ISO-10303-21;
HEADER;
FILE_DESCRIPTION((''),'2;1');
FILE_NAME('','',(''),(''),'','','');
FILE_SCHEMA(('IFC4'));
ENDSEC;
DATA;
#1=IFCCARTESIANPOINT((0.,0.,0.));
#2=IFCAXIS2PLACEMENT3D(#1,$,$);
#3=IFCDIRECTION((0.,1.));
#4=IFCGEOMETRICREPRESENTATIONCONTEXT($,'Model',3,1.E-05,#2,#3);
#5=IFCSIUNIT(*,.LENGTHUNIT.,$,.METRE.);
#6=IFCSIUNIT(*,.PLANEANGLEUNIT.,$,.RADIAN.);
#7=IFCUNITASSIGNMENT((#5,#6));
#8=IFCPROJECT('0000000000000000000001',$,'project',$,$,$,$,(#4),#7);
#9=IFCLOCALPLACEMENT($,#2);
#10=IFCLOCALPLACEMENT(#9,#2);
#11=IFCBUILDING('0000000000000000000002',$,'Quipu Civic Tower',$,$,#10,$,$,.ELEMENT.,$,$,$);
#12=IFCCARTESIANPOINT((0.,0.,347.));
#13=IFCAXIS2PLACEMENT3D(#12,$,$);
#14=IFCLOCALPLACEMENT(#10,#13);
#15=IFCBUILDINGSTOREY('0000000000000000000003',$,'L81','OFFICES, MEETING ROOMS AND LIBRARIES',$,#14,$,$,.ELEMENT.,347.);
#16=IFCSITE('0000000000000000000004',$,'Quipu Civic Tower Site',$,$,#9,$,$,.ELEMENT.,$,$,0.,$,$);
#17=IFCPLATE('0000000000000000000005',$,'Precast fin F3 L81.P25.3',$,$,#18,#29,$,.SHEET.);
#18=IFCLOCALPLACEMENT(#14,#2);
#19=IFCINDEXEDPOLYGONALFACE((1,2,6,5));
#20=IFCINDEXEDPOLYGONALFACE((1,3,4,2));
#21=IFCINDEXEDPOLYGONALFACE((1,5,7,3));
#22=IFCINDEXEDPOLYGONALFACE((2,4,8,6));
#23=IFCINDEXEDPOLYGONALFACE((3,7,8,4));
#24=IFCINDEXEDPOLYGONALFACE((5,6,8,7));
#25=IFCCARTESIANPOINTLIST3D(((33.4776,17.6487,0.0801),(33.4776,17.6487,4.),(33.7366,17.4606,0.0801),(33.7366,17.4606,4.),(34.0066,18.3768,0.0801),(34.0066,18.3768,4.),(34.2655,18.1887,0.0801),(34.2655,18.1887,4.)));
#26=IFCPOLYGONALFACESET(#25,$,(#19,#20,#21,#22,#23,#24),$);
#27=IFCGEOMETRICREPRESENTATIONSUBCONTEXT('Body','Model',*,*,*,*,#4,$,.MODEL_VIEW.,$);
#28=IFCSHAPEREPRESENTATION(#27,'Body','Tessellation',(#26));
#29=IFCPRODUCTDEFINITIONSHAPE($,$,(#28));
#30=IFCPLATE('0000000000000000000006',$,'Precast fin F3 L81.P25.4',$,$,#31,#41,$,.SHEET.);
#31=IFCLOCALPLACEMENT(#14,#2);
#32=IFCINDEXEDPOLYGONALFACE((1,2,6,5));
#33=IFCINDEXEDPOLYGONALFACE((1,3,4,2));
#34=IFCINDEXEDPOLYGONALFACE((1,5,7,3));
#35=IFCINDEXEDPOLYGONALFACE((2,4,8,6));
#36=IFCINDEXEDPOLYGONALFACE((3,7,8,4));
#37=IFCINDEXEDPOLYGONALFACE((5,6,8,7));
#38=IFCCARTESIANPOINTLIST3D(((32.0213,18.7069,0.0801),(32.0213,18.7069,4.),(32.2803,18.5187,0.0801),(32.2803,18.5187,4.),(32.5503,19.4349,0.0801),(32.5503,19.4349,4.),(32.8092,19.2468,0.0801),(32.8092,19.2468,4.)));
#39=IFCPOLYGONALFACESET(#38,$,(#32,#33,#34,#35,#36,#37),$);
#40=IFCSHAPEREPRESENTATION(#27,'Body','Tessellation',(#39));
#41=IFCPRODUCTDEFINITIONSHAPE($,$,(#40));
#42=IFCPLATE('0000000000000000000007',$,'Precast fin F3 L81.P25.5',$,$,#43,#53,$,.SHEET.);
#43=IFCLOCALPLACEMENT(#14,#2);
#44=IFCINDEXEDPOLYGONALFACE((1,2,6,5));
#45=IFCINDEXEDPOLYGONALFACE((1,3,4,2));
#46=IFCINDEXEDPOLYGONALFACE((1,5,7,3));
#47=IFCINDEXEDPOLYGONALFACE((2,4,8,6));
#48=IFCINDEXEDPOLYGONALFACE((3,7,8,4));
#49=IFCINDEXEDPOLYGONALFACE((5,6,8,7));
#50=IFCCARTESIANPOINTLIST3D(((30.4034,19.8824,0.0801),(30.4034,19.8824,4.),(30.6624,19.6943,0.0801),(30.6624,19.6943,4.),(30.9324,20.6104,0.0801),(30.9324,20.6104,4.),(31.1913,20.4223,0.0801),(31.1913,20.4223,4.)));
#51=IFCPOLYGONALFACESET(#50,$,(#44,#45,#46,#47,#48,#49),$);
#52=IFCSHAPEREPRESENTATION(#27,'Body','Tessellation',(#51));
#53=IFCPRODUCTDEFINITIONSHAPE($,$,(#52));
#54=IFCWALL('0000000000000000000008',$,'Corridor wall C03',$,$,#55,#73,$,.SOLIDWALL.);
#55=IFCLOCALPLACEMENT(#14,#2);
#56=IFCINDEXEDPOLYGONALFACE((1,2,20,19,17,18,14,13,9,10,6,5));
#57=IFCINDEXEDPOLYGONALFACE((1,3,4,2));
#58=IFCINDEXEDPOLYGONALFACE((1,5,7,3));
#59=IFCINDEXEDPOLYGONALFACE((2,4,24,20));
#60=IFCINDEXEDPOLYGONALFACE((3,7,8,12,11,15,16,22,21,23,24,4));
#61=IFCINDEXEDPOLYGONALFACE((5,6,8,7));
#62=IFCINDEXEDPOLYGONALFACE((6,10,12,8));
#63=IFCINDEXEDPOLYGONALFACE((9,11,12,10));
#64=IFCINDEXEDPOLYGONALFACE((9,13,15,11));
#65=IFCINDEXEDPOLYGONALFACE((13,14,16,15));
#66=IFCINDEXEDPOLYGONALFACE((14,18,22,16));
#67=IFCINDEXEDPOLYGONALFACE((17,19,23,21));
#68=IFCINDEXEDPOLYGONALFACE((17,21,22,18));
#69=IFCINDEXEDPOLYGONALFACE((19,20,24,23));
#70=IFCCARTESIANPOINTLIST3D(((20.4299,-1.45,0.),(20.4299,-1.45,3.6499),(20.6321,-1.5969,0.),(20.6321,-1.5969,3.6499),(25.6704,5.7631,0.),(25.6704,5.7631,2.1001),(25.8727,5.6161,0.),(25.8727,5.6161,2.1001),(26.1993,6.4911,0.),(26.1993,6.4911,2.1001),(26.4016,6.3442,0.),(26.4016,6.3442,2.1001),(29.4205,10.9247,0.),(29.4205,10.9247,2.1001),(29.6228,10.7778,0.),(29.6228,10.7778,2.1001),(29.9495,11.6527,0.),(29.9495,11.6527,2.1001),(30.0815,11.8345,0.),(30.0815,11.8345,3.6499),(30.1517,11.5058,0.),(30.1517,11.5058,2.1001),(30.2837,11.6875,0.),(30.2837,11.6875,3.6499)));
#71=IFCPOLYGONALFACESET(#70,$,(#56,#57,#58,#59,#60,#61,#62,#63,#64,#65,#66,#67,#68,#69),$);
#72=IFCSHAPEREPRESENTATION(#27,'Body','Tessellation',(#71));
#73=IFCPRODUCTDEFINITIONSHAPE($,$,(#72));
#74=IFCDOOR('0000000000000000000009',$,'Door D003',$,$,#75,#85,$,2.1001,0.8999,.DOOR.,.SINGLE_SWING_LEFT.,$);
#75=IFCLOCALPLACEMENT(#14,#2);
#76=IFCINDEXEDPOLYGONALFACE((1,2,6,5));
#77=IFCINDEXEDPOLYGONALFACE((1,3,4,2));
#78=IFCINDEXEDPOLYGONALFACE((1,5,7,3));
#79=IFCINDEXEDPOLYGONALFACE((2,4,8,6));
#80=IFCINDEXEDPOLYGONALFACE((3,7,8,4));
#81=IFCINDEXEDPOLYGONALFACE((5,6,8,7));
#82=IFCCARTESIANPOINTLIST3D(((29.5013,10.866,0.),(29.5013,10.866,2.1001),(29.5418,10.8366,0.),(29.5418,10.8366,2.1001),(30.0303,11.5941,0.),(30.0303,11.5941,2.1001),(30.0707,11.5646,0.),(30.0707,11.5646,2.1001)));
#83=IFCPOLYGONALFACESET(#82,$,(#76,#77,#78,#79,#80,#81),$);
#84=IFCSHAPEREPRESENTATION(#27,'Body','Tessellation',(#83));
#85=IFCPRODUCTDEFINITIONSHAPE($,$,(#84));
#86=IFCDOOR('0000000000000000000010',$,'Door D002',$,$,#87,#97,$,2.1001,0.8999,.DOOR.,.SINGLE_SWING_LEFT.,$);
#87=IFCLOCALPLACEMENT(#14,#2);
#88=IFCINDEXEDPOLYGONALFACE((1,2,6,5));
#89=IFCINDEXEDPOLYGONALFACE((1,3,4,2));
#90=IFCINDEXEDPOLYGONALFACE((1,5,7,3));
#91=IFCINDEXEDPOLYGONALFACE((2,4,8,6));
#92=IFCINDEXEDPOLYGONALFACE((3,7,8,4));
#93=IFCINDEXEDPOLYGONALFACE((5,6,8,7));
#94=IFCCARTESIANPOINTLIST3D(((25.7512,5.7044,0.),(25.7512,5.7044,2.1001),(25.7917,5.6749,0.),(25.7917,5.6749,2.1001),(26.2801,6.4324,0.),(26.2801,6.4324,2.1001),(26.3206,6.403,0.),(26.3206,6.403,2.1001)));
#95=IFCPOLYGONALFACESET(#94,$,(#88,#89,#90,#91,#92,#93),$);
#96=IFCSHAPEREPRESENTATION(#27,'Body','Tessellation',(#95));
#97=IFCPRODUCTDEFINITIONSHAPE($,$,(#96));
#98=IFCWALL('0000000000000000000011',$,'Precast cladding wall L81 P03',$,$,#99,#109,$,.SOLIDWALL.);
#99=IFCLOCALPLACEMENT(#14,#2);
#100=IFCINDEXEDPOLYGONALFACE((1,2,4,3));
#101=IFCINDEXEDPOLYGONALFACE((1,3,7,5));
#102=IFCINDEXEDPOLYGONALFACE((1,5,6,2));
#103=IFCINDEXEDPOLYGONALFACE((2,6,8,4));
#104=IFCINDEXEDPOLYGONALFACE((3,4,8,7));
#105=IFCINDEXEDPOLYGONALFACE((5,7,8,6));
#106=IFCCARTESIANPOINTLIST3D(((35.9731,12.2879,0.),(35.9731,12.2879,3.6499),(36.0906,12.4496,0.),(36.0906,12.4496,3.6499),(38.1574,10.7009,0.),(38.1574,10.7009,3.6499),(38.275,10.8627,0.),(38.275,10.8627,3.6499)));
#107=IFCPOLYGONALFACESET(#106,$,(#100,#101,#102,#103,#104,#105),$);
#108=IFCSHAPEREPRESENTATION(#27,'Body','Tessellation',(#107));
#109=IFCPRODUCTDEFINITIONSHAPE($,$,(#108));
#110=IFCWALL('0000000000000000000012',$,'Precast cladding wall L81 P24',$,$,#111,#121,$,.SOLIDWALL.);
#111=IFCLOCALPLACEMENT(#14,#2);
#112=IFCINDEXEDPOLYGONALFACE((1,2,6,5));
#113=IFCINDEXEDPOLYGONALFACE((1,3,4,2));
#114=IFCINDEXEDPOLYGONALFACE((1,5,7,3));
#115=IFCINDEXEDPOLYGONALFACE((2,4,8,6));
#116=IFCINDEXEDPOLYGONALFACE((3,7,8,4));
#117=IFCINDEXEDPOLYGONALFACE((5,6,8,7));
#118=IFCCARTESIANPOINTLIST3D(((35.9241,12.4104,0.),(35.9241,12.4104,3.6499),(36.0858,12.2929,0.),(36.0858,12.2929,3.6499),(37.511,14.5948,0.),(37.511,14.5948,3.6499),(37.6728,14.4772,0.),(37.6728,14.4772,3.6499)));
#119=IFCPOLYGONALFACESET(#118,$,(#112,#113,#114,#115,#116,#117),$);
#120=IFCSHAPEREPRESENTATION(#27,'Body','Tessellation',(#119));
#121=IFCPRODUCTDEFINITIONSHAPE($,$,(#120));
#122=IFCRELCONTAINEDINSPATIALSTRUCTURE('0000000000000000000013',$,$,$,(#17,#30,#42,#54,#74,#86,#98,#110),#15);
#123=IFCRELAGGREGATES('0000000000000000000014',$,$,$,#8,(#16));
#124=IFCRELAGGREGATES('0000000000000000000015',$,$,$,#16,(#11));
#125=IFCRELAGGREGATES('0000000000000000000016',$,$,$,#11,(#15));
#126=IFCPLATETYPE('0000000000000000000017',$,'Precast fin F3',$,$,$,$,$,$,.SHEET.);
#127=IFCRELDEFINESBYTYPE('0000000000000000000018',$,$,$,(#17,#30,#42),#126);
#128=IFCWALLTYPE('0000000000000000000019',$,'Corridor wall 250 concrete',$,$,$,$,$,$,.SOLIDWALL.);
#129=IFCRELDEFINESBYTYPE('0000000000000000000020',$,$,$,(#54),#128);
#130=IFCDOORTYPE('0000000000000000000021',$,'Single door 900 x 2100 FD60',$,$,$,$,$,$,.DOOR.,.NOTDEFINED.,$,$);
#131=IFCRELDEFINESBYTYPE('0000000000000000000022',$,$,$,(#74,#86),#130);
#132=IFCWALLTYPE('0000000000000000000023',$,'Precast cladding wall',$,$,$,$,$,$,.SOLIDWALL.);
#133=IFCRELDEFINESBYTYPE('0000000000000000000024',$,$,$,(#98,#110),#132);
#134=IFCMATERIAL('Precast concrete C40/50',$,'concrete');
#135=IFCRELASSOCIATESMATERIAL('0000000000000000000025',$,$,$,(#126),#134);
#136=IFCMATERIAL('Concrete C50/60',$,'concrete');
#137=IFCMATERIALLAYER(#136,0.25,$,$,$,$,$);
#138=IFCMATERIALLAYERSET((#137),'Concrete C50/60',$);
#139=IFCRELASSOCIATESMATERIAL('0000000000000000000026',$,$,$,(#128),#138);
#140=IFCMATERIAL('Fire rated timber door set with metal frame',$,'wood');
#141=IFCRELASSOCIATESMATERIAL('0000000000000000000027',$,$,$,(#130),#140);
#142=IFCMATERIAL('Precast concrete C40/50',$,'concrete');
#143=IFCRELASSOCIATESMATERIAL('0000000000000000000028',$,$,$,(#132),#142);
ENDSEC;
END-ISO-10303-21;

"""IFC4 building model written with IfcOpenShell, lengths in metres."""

from ifc_helpers import new_model, si_unit, direction, frame, frame_2d, origin, origin_2d, place, context, subcontext, project, spatial, rectangle, extrude, material, layer, layer_set, type_object, element, fill, save


model = new_model("IFC4")

# Units and contexts
model_context = context("Model", 3, precision=1e-05, world=origin(), true_north=direction((0.0, 1.0)))
body_context = subcontext(model_context, "Body", "Model", "MODEL_VIEW")
ifc_project = project(units=[si_unit("LENGTHUNIT", "METRE"), si_unit("PLANEANGLEUNIT", "RADIAN")], contexts=[model_context])

# Site, building, storey
site_placement = place(None, origin())
site = spatial("IfcSite", under=ifc_project, at=site_placement, Name="Quipu Civic Tower Site", CompositionType="ELEMENT", RefElevation=0.0)
building_placement = place(site_placement, origin())
building = spatial("IfcBuilding", under=site, at=building_placement, Name="Quipu Civic Tower", CompositionType="ELEMENT")
storey_placement = place(building_placement, frame((0.0, 0.0, 347.0)))
storey = spatial("IfcBuildingStorey", under=building, at=storey_placement, Name="L81", Description="OFFICES, MEETING ROOMS AND LIBRARIES", CompositionType="ELEMENT", Elevation=347.0)

# Plates
ifc_material_1 = material(Name="Precast concrete C40/50", Category="concrete")
plate_type_1 = type_object("IfcPlateType", Name="Precast fin F3", PredefinedType="SHEET", material=ifc_material_1)
for number, where, z_axis, x_axis, name in (
    (1, (33.8716, 17.9187, 0.0801), (0.0, 0.0, 1.0), (-0.809017, 0.587785, 0.0), "Precast fin F3 L81.P25.3"),
    (2, (32.4153, 18.9768, 0.0801), (0.0, 0.0, 1.0), (-0.809017, 0.587785, 0.0), "Precast fin F3 L81.P25.4"),
    (3, (30.7974, 20.1523, 0.0801), (0.0, 0.0, 1.0), (-0.809017, 0.587785, 0.0), "Precast fin F3 L81.P25.5"),
):
    element("IfcPlate", number, at=place(storey_placement, frame(where, z_axis=z_axis, x_axis=x_axis)), inside=storey, type_object=plate_type_1, Name=name, PredefinedType="SHEET", context=body_context, shape_type="SweptSolid", body=[
        extrude(rectangle(XDim=0.3201, YDim=0.8999, at=origin_2d()), origin(), (0.0, 0.0, 1.0), 3.9199),
    ])

# Wall, openings, doors
ifc_material_2 = material(Name="Concrete C50/60", Category="concrete")
ifc_layer_1 = layer(ifc_material_2, 0.25)
ifc_layer_set_1 = layer_set([ifc_layer_1], Name="Concrete C50/60")
wall_type_1 = type_object("IfcWallType", Name="Corridor wall 250 concrete", PredefinedType="SOLIDWALL", material=ifc_layer_set_1)
wall_placement = place(storey_placement, frame((30.1826, 11.761, 0.0), z_axis=(0.0, 0.0, 1.0), x_axis=(-0.587782, -0.80902, 0.0)))
wall = element("IfcWall", 4, at=wall_placement, inside=storey, type_object=wall_type_1, Name="Corridor wall C03", PredefinedType="SOLIDWALL", context=body_context, shape_type="SweptSolid", body=[
    extrude(rectangle(XDim=16.4204, YDim=0.25, at=frame_2d((8.2102, 0.0))), origin(), (0.0, 0.0, 1.0), 3.6499),
])
opening_1_placement = place(wall_placement, frame((0.2246, 0.0, 0.0)))
opening_1 = element("IfcOpeningElement", 5, at=opening_1_placement, cuts=wall, PredefinedType="OPENING", context=body_context, shape_type="SweptSolid", body=[
    extrude(rectangle(XDim=0.8999, YDim=2.1001, at=frame_2d((0.45, 1.05))), frame((0.0, 0.135, 0.0), z_axis=(0.0, -1.0, 0.0), x_axis=(1.0, 0.0, 0.0)), (0.0, 0.0, 1.0), 0.27),
])
opening_2_placement = place(wall_placement, frame((6.6047, 0.0, 0.0)))
opening_2 = element("IfcOpeningElement", 6, at=opening_2_placement, cuts=wall, PredefinedType="OPENING", context=body_context, shape_type="SweptSolid", body=[
    extrude(rectangle(XDim=0.8999, YDim=2.1001, at=frame_2d((0.45, 1.05))), frame((0.0, 0.135, 0.0), z_axis=(0.0, -1.0, 0.0), x_axis=(1.0, 0.0, 0.0)), (0.0, 0.0, 1.0), 0.27),
])
ifc_material_3 = material(Name="Fire rated timber door set with metal frame", Category="wood")
door_type = type_object("IfcDoorType", Name="Single door 900 x 2100 FD60", OperationType="NOTDEFINED", PredefinedType="DOOR", material=ifc_material_3)
door_1_placement = place(opening_1_placement, origin())
door_1 = element("IfcDoor", 7, at=door_1_placement, inside=storey, type_object=door_type, Name="Door D003", OperationType="SINGLE_SWING_LEFT", OverallHeight=2.1001, OverallWidth=0.8999, PredefinedType="DOOR", context=body_context, shape_type="SweptSolid", body=[
    extrude(rectangle(XDim=0.8999, YDim=2.1001, at=frame_2d((0.45, 1.05))), frame((0.0, 0.0249, 0.0), z_axis=(0.0, -1.0, 0.0), x_axis=(1.0, 0.0, 0.0)), (0.0, 0.0, 1.0), 0.05),
])
fill(opening_1, door_1)
door_2_placement = place(opening_2_placement, origin())
door_2 = element("IfcDoor", 8, at=door_2_placement, inside=storey, type_object=door_type, Name="Door D002", OperationType="SINGLE_SWING_LEFT", OverallHeight=2.1001, OverallWidth=0.8999, PredefinedType="DOOR", context=body_context, shape_type="SweptSolid", body=[
    extrude(rectangle(XDim=0.8999, YDim=2.1001, at=frame_2d((0.45, 1.05))), frame((0.0, 0.0249, 0.0), z_axis=(0.0, -1.0, 0.0), x_axis=(1.0, 0.0, 0.0)), (0.0, 0.0, 1.0), 0.05),
])
fill(opening_2, door_2)

# Walls
ifc_material_4 = material(Name="Precast concrete C40/50", Category="concrete")
wall_type_2 = type_object("IfcWallType", Name="Precast cladding wall", PredefinedType="SOLIDWALL", material=ifc_material_4)
for number, where, z_axis, x_axis, name in (
    (9, (38.2163, 10.7817, 0.0), (0.0, 0.0, 1.0), (-0.809033, 0.587763, 0.0), "Precast cladding wall L81 P03"),
    (10, (36.0049, 12.3516, 0.0), (0.0, 0.0, 1.0), (0.587763, 0.809033, 0.0), "Precast cladding wall L81 P24"),
):
    element("IfcWall", number, at=place(storey_placement, frame(where, z_axis=z_axis, x_axis=x_axis)), inside=storey, type_object=wall_type_2, Name=name, PredefinedType="SOLIDWALL", context=body_context, shape_type="SweptSolid", body=[
        extrude(rectangle(XDim=2.7, YDim=0.2, at=frame_2d((1.3501, 0.0))), origin(), (0.0, 0.0, 1.0), 3.6499),
    ])

save(model, "model.ifc")
